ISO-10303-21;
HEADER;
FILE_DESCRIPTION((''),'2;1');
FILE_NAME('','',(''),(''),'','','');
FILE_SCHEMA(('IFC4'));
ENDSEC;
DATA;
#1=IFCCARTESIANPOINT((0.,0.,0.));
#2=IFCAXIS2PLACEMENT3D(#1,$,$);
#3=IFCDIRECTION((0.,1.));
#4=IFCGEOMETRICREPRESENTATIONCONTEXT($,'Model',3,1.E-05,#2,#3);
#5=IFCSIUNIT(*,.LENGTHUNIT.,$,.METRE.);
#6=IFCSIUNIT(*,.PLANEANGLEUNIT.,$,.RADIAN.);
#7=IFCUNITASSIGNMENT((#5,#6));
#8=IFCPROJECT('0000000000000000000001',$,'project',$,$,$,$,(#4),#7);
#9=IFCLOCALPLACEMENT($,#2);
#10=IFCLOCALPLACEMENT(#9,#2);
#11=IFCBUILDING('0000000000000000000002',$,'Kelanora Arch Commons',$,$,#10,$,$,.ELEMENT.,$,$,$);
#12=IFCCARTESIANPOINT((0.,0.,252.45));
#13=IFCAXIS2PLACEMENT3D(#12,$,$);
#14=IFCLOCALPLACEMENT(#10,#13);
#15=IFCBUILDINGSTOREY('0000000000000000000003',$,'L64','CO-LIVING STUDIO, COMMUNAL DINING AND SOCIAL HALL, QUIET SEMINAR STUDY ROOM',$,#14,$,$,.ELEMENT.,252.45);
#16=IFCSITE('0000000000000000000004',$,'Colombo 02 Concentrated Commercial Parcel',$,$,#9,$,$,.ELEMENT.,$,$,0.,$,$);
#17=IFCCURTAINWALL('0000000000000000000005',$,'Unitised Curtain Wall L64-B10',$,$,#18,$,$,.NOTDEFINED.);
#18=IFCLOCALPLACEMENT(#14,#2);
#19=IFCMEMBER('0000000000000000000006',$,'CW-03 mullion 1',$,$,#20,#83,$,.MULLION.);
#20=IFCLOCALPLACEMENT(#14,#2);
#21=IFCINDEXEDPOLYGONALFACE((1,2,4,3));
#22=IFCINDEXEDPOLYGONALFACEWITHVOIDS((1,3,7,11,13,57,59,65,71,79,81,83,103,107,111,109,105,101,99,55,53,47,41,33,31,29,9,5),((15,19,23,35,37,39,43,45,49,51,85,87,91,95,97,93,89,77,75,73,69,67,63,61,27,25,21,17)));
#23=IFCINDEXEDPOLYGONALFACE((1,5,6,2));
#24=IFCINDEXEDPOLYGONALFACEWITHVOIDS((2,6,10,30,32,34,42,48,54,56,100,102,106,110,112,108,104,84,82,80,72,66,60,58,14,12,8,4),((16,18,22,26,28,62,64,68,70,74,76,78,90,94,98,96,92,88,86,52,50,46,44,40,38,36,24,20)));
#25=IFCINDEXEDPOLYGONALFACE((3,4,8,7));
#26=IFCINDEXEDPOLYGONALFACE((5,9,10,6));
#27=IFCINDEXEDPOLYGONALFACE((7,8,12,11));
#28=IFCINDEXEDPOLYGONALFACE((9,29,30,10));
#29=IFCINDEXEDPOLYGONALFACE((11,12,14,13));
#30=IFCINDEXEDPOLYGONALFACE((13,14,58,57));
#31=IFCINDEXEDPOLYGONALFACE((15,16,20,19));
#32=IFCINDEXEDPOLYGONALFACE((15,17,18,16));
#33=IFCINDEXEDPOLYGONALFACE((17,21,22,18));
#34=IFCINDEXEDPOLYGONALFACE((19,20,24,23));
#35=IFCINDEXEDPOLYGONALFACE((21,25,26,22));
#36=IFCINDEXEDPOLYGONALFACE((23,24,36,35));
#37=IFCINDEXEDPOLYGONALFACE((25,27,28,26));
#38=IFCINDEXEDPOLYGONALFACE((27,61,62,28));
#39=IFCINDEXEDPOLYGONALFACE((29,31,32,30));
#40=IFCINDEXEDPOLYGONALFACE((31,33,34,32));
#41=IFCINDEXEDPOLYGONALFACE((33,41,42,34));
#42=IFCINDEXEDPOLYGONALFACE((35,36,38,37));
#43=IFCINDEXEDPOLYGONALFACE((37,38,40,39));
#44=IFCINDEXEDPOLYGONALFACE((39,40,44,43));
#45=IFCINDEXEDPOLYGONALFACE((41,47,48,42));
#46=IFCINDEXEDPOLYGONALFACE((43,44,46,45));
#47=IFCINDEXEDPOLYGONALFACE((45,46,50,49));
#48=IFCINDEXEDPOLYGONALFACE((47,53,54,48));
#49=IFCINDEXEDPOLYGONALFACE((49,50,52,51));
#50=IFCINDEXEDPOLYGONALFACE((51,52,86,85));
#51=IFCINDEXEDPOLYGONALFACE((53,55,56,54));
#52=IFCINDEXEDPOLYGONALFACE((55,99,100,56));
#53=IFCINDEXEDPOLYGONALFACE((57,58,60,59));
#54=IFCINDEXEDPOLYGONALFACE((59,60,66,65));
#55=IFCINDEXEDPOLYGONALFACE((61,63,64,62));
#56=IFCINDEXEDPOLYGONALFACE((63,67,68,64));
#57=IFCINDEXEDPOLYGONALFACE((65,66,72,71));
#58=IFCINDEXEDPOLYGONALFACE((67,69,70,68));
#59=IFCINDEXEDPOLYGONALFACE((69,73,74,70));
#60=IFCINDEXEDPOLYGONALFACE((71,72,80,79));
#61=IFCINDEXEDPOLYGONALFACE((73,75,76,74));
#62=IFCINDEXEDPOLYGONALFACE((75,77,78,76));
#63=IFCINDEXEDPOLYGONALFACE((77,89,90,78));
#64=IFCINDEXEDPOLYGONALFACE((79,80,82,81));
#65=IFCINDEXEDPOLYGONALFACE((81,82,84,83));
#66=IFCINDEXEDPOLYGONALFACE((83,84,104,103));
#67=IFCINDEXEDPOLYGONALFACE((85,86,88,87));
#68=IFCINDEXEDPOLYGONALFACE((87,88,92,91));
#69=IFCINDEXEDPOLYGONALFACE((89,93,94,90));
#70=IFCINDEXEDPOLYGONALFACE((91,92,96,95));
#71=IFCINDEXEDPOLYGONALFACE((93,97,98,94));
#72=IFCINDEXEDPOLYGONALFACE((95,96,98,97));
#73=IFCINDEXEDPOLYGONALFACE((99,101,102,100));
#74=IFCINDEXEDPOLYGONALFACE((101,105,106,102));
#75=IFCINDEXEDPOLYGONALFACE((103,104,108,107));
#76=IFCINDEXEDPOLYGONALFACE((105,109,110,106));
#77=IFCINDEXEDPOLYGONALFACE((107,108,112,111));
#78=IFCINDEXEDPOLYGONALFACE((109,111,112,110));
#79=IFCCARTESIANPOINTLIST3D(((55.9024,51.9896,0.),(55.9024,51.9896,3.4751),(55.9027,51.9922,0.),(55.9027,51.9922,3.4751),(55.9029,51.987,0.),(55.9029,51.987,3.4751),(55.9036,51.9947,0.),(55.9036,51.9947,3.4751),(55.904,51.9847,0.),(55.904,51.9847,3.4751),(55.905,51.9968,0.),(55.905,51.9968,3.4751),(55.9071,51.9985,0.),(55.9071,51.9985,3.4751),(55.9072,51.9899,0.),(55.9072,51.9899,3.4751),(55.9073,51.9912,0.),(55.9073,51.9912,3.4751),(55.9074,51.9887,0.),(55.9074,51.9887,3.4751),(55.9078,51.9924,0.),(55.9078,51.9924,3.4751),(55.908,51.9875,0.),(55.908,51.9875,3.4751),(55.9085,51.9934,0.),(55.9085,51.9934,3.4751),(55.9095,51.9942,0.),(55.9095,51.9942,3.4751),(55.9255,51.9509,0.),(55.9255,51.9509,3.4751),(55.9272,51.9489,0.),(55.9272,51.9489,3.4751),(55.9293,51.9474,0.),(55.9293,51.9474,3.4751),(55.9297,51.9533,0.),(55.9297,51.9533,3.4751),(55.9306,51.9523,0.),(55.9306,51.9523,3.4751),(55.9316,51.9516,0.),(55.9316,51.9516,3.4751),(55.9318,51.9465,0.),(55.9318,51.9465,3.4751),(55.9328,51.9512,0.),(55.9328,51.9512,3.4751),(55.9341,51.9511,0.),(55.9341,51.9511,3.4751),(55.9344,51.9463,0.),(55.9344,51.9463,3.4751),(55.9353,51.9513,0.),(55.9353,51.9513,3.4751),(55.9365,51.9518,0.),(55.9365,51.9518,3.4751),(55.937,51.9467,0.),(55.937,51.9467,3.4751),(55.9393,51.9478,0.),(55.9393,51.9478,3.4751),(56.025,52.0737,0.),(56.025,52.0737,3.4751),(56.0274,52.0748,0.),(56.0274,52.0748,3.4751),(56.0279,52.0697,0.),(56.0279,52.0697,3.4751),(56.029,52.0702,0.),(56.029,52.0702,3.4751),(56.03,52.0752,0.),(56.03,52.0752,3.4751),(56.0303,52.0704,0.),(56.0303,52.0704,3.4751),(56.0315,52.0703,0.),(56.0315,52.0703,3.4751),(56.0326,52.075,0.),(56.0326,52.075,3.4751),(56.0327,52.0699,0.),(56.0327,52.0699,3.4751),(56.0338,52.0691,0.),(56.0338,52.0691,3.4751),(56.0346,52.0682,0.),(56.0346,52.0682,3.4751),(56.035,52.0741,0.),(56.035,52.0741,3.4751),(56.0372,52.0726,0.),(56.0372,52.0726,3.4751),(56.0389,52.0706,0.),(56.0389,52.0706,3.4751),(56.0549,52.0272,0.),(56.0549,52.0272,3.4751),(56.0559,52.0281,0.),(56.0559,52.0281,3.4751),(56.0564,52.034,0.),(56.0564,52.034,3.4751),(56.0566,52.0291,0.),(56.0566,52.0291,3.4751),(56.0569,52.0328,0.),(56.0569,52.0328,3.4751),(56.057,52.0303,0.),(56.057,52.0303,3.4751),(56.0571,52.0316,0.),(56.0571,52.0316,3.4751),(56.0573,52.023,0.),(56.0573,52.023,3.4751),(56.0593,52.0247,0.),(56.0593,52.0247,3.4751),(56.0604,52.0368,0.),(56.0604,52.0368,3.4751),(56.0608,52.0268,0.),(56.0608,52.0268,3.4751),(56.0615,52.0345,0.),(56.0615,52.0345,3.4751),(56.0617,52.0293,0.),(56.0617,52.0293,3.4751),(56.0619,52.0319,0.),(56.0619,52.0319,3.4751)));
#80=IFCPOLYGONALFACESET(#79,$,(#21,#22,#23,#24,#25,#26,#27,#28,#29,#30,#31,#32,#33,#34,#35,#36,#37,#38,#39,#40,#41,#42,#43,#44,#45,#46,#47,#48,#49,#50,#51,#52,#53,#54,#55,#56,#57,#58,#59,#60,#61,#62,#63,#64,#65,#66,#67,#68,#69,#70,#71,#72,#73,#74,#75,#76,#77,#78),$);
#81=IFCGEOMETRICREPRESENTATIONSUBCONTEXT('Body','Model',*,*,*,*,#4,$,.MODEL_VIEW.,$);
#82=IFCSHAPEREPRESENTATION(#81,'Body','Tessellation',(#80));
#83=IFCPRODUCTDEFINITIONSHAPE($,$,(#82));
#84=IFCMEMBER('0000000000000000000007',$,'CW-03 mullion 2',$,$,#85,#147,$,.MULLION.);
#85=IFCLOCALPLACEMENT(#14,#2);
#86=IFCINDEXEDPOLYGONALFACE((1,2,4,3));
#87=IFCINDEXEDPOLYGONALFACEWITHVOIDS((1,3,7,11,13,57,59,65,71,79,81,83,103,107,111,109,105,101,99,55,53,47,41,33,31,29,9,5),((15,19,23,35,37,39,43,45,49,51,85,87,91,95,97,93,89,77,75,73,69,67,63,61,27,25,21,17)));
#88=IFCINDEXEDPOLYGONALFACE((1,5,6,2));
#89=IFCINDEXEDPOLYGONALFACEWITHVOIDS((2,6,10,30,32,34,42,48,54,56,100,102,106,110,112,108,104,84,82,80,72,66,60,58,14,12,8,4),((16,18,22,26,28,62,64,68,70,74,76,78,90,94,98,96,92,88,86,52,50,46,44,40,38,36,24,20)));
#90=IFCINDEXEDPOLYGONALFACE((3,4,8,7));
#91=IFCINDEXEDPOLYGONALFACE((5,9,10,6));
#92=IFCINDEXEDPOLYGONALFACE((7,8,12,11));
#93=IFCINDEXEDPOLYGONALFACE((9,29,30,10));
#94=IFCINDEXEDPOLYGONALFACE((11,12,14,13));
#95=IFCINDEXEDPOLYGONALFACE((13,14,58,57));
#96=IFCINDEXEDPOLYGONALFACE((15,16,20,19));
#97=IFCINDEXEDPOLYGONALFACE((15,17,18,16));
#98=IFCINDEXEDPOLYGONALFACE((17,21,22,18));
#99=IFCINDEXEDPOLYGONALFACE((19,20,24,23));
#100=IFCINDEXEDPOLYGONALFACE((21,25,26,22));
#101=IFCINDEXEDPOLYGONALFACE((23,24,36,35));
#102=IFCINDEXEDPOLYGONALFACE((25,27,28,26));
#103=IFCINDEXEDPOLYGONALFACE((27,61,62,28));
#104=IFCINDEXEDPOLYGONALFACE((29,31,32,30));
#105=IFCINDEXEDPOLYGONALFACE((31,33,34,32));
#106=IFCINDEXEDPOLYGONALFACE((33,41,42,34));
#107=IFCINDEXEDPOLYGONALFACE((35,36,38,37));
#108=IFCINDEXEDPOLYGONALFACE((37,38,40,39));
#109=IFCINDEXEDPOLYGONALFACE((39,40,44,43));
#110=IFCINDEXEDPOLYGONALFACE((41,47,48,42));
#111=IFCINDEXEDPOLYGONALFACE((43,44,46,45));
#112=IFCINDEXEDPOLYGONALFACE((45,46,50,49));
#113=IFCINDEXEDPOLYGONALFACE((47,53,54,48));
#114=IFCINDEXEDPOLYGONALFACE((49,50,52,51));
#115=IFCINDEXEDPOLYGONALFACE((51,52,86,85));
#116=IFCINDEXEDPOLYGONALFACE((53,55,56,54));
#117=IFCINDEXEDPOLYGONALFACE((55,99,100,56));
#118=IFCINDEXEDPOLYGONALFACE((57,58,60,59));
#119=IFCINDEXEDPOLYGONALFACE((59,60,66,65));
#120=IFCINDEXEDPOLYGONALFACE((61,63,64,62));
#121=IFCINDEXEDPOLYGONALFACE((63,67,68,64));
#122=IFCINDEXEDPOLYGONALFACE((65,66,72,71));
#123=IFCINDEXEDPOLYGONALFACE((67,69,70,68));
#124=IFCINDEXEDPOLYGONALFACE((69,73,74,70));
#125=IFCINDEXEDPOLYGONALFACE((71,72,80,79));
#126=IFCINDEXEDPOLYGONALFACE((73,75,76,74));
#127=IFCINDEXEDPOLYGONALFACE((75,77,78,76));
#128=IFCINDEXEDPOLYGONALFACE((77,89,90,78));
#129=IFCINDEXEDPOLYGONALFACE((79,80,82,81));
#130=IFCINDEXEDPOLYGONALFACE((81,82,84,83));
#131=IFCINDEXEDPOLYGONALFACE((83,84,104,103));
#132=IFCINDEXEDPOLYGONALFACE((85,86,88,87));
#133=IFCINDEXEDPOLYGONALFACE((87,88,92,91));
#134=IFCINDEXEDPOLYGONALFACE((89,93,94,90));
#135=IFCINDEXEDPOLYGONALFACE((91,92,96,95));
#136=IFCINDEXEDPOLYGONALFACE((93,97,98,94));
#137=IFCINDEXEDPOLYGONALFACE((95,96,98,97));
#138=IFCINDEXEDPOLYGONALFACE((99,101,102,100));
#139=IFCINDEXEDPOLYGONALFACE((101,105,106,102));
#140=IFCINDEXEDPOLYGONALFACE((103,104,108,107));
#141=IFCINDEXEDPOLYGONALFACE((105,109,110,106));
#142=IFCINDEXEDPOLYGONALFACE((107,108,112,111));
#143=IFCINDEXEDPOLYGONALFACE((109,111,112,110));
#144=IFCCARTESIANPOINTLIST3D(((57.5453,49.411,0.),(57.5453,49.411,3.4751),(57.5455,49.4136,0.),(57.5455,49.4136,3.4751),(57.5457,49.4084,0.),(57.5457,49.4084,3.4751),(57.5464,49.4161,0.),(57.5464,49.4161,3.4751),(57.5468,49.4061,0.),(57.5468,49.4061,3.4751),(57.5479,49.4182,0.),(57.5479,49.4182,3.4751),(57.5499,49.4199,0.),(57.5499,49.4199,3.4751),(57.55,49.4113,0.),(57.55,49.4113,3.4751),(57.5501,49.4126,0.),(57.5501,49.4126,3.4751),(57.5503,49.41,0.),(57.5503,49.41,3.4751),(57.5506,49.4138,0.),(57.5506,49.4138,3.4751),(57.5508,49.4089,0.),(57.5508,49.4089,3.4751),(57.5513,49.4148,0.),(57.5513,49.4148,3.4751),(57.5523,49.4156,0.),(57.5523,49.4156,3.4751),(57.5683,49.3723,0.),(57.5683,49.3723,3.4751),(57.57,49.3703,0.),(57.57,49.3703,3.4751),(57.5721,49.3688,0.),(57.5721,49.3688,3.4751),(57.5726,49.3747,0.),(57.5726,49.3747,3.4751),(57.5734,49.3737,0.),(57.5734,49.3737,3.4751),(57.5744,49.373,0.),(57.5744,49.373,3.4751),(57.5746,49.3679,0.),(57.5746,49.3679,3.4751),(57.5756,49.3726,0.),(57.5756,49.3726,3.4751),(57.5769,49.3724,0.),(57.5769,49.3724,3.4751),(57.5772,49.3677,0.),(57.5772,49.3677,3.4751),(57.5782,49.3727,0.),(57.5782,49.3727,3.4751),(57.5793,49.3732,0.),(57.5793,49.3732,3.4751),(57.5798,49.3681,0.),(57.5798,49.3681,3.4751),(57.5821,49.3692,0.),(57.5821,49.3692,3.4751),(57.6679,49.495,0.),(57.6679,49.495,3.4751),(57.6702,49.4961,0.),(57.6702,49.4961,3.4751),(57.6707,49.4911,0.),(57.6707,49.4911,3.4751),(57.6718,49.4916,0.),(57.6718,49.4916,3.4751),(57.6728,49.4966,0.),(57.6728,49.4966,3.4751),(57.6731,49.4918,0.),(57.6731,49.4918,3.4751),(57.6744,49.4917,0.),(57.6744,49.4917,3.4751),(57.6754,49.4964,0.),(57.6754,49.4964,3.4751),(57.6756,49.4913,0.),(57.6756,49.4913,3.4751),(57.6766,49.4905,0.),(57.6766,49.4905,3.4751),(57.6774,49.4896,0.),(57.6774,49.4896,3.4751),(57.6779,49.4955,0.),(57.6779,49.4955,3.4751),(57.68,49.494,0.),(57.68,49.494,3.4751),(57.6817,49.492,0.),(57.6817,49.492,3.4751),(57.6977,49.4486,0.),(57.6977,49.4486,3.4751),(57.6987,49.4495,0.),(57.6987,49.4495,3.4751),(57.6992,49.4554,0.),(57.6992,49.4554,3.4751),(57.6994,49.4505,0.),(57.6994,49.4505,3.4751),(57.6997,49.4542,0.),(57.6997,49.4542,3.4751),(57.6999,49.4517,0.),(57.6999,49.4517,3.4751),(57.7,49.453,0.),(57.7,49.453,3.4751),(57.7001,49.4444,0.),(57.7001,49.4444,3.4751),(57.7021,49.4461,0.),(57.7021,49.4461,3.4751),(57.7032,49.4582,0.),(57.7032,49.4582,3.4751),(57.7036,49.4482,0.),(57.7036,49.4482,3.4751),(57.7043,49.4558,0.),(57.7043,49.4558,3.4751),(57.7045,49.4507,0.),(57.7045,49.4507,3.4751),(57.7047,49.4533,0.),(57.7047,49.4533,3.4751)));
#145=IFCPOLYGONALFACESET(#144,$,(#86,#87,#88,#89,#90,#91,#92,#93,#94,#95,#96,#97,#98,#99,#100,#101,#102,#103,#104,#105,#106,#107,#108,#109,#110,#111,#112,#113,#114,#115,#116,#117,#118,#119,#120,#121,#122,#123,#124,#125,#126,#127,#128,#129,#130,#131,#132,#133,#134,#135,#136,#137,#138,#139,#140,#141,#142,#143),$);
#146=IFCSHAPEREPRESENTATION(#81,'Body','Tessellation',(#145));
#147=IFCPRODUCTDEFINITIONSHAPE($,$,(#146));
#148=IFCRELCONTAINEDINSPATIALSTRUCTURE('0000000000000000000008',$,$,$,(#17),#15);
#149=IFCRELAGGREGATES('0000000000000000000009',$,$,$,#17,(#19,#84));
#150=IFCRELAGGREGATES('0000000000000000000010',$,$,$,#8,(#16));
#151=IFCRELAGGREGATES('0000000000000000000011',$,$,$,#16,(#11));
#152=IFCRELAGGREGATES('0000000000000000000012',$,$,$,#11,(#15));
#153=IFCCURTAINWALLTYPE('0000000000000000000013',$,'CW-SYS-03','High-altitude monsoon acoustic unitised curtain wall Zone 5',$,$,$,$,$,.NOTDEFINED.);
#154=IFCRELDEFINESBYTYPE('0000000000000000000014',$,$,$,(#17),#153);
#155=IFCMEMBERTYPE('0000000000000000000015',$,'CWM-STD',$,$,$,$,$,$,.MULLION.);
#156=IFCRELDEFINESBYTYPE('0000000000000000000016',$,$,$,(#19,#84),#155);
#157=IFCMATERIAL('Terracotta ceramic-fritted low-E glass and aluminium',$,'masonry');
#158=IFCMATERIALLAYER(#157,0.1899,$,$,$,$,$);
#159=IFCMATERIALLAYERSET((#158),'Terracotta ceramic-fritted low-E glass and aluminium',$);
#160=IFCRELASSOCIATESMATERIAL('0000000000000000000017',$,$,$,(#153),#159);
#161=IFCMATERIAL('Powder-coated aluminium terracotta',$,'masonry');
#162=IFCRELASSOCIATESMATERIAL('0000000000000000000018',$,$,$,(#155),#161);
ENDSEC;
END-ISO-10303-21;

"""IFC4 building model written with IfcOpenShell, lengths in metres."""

from ifc_helpers import new_model, si_unit, direction, frame, origin, origin_2d, place, context, subcontext, project, spatial, hollow_rectangle, extrude, material, layer, layer_set, material_profile, profile_set, type_object, element, aggregate, save


model = new_model("IFC4")

# Units and contexts
model_context = context("Model", 3, precision=1e-05, world=origin(), true_north=direction((0.0, 1.0)))
body_context = subcontext(model_context, "Body", "Model", "MODEL_VIEW")
ifc_project = project(units=[si_unit("LENGTHUNIT", "METRE"), si_unit("PLANEANGLEUNIT", "RADIAN")], contexts=[model_context])

# Site, building, storey
site_placement = place(None, origin())
site = spatial("IfcSite", under=ifc_project, at=site_placement, Name="Colombo 02 Concentrated Commercial Parcel", CompositionType="ELEMENT", RefElevation=0.0)
building_placement = place(site_placement, origin())
building = spatial("IfcBuilding", under=site, at=building_placement, Name="Kelanora Arch Commons", CompositionType="ELEMENT")
storey_placement = place(building_placement, frame((0.0, 0.0, 252.45)))
storey = spatial("IfcBuildingStorey", under=building, at=storey_placement, Name="L64", Description="CO-LIVING STUDIO, COMMUNAL DINING AND SOCIAL HALL, QUIET SEMINAR STUDY ROOM", CompositionType="ELEMENT", Elevation=252.45)

# Curtain wall, members
ifc_material_1 = material(Name="Terracotta ceramic-fritted low-E glass and aluminium", Category="masonry")
ifc_layer_1 = layer(ifc_material_1, 0.1899)
ifc_layer_set_1 = layer_set([ifc_layer_1], Name="Terracotta ceramic-fritted low-E glass and aluminium")
curtain_wall_type = type_object("IfcCurtainWallType", Name="CW-SYS-03", Description="High-altitude monsoon acoustic unitised curtain wall Zone 5", PredefinedType="NOTDEFINED", material=ifc_layer_set_1)
curtain_wall_placement = place(storey_placement, origin())
curtain_wall = element("IfcCurtainWall", 1, at=curtain_wall_placement, inside=storey, type_object=curtain_wall_type, Name="Unitised Curtain Wall L64-B10", PredefinedType="NOTDEFINED")
ifc_material_2 = material(Name="Powder-coated aluminium terracotta", Category="masonry")
ifc_material_profile_1 = material_profile(ifc_material_2, hollow_rectangle(XDim=0.1599, YDim=0.0601, WallThickness=0.0049, InnerFilletRadius=0.0049, OuterFilletRadius=0.01, at=origin_2d()), Name="CWM160x60")
ifc_profile_set_1 = profile_set([ifc_material_profile_1], Name="Powder-coated aluminium terracotta")
member_type_1 = type_object("IfcMemberType", Name="CWM-STD", PredefinedType="MULLION", material=ifc_profile_set_1)
member_1_placement = place(storey_placement, frame((55.9822, 52.0107, 0.0), z_axis=(0.0, 0.0, 1.0), x_axis=(0.843391, 0.5373, 0.0)))
member_1 = element("IfcMember", 2, at=member_1_placement, type_object=member_type_1, Name="CW-03 mullion 1", PredefinedType="MULLION", context=body_context, shape_type="SweptSolid", body=[
    extrude(hollow_rectangle(XDim=0.1599, YDim=0.0601, WallThickness=0.0049, InnerFilletRadius=0.0049, OuterFilletRadius=0.01, at=origin_2d()), origin(), (0.0, 0.0, 1.0), 3.4751),
])
member_2_placement = place(storey_placement, frame((57.625, 49.4321, 0.0), z_axis=(0.0, 0.0, 1.0), x_axis=(0.843391, 0.5373, 0.0)))
member_2 = element("IfcMember", 3, at=member_2_placement, type_object=member_type_1, Name="CW-03 mullion 2", PredefinedType="MULLION", context=body_context, shape_type="SweptSolid", body=[
    extrude(hollow_rectangle(XDim=0.1599, YDim=0.0601, WallThickness=0.0049, InnerFilletRadius=0.0049, OuterFilletRadius=0.01, at=origin_2d()), origin(), (0.0, 0.0, 1.0), 3.4751),
])

aggregate(curtain_wall, [member_1, member_2])

save(model, "model.ifc")
